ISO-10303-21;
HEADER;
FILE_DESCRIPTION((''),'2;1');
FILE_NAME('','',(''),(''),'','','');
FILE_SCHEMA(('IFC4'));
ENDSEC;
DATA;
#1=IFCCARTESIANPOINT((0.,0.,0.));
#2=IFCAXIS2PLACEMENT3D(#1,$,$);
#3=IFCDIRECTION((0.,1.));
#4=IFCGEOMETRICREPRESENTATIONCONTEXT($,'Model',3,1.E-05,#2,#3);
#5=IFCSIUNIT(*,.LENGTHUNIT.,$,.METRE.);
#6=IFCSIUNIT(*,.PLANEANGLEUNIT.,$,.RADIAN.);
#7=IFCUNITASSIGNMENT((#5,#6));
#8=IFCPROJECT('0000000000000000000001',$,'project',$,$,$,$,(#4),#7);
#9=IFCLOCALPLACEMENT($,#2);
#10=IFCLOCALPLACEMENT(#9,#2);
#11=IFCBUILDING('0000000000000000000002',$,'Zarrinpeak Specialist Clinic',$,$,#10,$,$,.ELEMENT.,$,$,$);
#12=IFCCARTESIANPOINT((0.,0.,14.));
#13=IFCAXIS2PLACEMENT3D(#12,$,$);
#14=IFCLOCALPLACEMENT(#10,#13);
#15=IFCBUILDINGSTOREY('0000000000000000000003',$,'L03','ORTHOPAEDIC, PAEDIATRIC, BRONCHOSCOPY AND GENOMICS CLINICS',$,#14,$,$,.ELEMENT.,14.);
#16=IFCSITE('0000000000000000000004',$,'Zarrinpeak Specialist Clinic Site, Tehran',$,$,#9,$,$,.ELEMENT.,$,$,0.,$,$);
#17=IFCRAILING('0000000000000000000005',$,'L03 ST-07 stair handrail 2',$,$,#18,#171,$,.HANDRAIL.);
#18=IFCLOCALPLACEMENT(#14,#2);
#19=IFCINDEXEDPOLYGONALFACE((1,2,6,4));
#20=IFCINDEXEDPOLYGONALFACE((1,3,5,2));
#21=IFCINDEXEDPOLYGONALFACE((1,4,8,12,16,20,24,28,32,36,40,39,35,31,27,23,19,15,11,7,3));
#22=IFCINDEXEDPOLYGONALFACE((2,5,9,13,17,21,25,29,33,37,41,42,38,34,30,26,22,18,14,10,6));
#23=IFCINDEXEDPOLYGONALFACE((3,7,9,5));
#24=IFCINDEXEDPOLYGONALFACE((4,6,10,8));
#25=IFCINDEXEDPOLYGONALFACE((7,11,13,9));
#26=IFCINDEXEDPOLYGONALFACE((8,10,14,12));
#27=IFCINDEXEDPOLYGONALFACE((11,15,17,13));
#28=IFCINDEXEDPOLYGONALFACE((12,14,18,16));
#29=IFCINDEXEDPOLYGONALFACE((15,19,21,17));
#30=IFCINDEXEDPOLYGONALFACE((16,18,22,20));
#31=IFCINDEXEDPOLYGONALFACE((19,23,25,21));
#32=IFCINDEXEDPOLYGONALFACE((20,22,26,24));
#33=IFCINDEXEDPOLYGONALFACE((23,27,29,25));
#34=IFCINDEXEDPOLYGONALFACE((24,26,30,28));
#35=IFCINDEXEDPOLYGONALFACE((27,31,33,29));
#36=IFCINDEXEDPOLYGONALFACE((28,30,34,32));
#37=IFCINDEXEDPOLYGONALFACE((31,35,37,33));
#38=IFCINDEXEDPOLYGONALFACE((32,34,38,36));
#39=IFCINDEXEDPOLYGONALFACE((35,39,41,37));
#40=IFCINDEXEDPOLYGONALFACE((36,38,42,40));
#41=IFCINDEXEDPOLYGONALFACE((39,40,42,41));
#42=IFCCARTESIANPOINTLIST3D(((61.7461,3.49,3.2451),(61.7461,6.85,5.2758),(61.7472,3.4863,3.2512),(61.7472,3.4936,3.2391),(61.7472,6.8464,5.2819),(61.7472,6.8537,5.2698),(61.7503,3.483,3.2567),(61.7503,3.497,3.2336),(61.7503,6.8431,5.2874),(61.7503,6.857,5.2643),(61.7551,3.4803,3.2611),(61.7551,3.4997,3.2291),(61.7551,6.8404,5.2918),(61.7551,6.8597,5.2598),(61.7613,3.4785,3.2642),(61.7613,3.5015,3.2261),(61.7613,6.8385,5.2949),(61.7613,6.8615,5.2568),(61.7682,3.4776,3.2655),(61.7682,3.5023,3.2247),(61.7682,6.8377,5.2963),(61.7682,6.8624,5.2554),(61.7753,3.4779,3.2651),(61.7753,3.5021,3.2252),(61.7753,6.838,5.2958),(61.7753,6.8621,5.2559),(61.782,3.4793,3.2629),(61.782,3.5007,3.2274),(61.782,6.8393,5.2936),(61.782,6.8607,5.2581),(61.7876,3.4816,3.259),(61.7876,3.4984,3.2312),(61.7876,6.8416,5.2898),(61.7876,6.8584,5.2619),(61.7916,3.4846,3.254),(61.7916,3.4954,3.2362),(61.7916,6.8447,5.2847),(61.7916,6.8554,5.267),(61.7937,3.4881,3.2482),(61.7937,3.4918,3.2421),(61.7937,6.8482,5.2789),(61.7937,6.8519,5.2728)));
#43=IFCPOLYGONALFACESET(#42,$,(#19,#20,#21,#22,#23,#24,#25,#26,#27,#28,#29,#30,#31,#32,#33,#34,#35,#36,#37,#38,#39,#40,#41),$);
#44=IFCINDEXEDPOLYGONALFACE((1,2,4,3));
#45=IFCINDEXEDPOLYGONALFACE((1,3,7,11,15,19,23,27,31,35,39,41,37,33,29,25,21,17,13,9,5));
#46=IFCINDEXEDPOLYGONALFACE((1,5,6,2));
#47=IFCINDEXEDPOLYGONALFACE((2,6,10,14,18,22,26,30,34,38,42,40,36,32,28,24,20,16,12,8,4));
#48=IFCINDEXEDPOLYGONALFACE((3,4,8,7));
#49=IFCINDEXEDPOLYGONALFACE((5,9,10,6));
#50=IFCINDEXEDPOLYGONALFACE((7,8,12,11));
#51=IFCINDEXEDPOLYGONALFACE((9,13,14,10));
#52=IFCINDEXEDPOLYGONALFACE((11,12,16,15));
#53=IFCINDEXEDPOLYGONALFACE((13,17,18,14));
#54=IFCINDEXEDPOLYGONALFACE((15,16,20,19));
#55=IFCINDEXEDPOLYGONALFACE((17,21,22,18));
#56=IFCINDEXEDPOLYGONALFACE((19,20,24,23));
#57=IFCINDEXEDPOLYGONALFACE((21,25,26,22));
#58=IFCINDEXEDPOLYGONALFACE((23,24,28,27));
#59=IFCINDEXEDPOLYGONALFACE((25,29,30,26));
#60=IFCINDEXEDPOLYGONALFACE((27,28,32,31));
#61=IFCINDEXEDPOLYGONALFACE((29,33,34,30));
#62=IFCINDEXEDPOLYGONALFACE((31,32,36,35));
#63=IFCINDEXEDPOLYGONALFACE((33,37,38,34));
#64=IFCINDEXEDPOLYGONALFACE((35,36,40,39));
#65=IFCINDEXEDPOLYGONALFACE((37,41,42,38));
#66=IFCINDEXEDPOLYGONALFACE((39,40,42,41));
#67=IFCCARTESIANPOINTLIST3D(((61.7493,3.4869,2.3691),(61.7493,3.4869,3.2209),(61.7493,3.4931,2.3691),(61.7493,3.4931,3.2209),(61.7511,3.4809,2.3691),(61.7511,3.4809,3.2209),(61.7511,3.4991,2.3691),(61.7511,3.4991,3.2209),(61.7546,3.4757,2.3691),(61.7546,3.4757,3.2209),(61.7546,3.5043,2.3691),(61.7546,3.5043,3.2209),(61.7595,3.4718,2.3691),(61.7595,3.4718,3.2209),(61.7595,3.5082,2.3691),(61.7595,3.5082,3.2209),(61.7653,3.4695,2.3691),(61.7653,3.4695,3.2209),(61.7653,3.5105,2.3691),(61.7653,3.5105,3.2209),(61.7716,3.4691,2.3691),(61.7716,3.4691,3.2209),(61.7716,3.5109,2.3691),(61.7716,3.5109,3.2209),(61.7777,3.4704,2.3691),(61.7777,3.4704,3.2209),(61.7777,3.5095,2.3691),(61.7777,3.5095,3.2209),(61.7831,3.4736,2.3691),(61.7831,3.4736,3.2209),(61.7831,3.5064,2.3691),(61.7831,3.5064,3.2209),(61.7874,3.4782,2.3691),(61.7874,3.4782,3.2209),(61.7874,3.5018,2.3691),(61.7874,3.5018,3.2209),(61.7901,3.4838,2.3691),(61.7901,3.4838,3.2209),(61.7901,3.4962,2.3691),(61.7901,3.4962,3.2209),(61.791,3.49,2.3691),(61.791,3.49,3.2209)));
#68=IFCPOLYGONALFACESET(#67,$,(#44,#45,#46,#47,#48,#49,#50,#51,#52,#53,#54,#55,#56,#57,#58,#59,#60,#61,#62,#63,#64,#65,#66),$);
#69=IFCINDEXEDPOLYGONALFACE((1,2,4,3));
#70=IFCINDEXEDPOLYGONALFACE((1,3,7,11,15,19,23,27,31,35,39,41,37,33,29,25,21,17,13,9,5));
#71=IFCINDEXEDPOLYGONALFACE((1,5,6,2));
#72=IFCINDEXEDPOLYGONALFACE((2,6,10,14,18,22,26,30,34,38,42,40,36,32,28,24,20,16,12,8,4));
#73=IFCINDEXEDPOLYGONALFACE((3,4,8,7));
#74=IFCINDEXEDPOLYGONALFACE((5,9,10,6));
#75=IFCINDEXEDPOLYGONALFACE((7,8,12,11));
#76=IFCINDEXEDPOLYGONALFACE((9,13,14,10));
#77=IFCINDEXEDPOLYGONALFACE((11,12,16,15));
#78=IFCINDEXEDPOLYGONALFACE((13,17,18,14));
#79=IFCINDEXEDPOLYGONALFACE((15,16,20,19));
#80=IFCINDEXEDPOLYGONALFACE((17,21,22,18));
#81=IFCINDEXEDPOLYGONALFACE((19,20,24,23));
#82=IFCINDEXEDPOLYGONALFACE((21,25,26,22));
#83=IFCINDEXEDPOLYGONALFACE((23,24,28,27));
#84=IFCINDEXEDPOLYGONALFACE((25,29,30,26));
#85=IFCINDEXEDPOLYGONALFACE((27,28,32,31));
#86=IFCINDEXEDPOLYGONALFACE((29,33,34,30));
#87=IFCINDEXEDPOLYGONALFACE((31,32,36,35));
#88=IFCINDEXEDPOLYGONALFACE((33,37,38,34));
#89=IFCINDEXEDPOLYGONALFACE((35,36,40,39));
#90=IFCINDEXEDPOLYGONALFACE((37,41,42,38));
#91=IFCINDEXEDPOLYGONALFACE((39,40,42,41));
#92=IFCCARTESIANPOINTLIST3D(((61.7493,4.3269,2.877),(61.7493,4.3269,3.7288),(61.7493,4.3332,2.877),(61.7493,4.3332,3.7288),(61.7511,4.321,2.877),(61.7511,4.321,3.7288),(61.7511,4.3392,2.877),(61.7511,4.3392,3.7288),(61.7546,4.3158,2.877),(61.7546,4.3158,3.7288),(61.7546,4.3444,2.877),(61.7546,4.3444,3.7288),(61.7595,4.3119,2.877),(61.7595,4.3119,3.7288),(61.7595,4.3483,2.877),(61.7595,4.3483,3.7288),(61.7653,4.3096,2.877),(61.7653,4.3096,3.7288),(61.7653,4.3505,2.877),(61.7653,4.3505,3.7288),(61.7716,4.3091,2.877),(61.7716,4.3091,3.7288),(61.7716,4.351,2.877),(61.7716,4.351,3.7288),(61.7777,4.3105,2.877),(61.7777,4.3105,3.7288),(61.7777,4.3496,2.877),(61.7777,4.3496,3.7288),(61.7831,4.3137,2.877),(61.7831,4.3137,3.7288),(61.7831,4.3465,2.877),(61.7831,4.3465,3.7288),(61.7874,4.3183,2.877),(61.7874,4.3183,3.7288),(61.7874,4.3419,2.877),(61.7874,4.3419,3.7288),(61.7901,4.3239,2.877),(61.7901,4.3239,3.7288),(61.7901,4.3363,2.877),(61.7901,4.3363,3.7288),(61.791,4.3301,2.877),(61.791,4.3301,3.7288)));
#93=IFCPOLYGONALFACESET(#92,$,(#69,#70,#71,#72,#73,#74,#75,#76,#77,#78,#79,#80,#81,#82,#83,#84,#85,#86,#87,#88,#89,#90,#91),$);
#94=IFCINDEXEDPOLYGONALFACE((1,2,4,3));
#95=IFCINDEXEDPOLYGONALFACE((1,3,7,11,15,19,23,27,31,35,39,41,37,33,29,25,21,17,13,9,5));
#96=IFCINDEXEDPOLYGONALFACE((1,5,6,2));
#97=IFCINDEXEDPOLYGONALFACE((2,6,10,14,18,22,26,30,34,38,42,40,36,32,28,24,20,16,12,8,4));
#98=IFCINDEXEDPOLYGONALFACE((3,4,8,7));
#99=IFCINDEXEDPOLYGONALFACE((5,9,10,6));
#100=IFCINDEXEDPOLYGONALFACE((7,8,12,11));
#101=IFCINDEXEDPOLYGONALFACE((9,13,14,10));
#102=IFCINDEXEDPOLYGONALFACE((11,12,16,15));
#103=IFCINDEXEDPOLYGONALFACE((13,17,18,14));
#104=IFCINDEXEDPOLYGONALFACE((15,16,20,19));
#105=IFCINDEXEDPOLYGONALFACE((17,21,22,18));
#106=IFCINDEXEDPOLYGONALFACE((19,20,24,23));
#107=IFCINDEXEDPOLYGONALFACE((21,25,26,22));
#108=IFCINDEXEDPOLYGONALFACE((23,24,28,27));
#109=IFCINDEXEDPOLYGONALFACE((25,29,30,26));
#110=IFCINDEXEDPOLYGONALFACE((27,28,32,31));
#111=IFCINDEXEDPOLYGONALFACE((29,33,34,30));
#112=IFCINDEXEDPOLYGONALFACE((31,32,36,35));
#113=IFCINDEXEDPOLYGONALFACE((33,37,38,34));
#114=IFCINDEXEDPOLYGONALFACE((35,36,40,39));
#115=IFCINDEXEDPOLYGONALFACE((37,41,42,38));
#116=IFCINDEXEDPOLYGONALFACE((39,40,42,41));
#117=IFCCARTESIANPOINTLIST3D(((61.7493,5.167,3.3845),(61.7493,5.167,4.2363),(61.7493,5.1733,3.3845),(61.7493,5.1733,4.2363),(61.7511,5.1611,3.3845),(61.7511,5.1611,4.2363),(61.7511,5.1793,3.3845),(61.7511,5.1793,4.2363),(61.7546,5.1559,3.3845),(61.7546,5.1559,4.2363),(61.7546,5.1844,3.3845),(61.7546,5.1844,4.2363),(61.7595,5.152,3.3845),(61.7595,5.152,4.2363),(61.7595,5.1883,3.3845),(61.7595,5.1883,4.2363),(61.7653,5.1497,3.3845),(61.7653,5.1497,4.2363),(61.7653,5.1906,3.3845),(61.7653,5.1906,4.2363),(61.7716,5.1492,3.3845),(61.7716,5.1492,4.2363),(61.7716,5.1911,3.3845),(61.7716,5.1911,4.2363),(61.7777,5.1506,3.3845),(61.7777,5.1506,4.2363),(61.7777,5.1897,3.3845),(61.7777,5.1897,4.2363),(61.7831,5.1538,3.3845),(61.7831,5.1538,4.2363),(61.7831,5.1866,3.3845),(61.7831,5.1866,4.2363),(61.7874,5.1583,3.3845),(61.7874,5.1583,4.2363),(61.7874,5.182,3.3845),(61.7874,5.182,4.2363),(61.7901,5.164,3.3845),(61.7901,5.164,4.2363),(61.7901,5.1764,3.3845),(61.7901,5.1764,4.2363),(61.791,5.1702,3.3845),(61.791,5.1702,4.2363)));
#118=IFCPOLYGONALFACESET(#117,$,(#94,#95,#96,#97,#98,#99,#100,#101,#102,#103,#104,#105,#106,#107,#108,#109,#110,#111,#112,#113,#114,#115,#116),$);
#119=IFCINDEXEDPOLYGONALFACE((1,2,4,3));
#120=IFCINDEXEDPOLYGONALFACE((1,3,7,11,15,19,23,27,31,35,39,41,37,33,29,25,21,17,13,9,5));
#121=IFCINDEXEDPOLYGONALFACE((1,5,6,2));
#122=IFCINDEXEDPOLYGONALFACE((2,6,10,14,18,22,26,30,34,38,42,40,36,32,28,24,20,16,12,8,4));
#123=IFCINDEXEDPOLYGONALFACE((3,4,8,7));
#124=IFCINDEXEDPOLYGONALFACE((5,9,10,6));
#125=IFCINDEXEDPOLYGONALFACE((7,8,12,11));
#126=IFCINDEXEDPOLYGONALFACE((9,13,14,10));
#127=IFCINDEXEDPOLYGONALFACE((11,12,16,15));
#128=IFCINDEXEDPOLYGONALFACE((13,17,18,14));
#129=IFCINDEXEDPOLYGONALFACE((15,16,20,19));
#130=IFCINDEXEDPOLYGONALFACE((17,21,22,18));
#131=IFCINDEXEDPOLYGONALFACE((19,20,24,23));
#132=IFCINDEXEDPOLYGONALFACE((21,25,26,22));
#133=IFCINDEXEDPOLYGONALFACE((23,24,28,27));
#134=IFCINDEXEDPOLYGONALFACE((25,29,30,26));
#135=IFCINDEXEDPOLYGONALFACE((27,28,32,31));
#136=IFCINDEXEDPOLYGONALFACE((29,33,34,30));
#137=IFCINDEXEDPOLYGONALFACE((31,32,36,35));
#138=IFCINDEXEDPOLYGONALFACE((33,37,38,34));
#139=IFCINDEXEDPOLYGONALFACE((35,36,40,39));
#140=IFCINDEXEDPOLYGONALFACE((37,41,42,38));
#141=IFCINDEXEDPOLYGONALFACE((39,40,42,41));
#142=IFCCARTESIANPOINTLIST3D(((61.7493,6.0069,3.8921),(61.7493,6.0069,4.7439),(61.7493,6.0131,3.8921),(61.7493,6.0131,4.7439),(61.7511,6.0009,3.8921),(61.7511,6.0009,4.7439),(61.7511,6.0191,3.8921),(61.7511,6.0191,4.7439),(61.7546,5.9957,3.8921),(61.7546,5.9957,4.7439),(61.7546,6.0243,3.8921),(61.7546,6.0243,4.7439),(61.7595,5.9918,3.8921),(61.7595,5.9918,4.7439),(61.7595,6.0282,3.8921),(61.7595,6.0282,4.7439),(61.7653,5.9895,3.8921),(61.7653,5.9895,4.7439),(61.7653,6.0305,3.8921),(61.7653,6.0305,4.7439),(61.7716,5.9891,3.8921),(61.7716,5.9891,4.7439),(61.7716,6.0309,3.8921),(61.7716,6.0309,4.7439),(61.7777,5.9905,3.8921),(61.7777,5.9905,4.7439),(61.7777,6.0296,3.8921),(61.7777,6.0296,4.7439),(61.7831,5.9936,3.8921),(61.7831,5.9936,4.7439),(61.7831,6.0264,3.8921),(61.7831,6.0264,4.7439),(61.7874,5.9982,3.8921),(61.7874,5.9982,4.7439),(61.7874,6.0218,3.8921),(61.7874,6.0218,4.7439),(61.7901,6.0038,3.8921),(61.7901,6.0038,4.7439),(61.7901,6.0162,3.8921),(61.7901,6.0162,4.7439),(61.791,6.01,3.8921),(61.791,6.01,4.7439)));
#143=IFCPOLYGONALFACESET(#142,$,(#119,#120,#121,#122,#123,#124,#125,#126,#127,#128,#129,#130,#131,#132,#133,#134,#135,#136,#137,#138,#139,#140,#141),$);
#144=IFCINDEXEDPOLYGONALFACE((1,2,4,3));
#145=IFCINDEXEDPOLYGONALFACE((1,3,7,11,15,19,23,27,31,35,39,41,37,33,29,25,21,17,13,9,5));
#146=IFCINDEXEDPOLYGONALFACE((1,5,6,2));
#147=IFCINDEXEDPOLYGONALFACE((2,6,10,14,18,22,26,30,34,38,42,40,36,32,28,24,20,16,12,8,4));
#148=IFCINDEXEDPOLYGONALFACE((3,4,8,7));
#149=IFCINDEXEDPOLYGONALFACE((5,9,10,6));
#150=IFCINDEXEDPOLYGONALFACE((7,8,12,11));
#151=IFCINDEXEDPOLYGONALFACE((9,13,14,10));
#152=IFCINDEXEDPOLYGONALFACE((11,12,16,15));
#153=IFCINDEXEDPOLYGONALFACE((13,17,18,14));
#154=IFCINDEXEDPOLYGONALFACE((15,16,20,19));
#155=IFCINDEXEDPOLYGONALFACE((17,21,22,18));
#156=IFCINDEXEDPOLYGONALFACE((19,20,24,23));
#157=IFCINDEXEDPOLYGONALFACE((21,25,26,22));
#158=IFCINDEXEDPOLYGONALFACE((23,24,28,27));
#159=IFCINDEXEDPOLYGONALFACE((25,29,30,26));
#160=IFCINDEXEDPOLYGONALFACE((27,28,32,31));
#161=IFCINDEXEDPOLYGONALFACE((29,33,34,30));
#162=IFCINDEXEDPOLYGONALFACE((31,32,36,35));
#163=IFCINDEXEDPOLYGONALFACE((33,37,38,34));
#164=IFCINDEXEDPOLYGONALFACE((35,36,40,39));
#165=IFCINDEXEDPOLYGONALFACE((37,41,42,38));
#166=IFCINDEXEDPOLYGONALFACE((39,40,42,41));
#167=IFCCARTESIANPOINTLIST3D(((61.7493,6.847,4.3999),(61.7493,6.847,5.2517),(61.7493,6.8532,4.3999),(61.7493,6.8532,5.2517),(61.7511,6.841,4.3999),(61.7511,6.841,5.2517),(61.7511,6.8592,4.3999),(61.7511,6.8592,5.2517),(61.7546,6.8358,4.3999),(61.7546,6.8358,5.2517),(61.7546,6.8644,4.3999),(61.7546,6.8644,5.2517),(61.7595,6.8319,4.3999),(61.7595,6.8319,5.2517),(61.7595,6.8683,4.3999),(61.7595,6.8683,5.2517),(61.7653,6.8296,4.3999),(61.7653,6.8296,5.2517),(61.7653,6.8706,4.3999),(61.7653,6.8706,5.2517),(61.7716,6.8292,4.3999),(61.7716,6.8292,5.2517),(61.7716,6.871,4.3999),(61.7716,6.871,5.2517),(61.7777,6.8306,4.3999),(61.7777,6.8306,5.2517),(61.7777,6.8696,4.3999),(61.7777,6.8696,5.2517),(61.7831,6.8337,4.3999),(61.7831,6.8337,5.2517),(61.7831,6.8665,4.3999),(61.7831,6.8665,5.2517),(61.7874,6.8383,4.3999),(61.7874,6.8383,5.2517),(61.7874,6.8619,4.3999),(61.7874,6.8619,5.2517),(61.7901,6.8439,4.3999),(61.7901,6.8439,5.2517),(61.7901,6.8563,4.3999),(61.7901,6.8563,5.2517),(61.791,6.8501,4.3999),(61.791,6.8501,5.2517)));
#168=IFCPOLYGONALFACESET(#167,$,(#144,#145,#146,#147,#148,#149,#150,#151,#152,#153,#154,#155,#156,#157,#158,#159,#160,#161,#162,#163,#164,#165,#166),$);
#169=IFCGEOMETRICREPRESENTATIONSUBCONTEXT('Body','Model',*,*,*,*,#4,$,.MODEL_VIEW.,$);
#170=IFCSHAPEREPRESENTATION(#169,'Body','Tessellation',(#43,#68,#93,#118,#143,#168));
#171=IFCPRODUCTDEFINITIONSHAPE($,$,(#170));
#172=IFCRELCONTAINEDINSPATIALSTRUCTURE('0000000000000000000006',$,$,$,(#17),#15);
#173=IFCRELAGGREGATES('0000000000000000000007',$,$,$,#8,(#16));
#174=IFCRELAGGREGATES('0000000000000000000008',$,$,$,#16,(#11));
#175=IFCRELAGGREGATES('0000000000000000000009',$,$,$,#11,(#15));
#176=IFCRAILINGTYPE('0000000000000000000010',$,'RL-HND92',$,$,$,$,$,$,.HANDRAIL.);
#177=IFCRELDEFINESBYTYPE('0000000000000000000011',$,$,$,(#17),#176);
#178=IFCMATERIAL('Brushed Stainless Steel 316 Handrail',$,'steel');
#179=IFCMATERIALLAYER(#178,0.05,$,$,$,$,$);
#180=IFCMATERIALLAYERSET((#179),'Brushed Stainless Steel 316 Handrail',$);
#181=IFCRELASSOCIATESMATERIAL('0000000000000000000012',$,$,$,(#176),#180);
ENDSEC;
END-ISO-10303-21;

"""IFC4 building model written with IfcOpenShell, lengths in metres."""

from ifc_helpers import new_model, si_unit, direction, frame, origin, origin_2d, place, context, subcontext, project, spatial, circle, extrude, material, layer, layer_set, type_object, element, save


model = new_model("IFC4")

# Units and contexts
model_context = context("Model", 3, precision=1e-05, world=origin(), true_north=direction((0.0, 1.0)))
body_context = subcontext(model_context, "Body", "Model", "MODEL_VIEW")
ifc_project = project(units=[si_unit("LENGTHUNIT", "METRE"), si_unit("PLANEANGLEUNIT", "RADIAN")], contexts=[model_context])

# Site, building, storey
site_placement = place(None, origin())
site = spatial("IfcSite", under=ifc_project, at=site_placement, Name="Zarrinpeak Specialist Clinic Site, Tehran", CompositionType="ELEMENT", RefElevation=0.0)
building_placement = place(site_placement, origin())
building = spatial("IfcBuilding", under=site, at=building_placement, Name="Zarrinpeak Specialist Clinic", CompositionType="ELEMENT")
storey_placement = place(building_placement, frame((0.0, 0.0, 14.0)))
storey = spatial("IfcBuildingStorey", under=building, at=storey_placement, Name="L03", Description="ORTHOPAEDIC, PAEDIATRIC, BRONCHOSCOPY AND GENOMICS CLINICS", CompositionType="ELEMENT", Elevation=14.0)

# Railing
ifc_material_1 = material(Name="Brushed Stainless Steel 316 Handrail", Category="steel")
ifc_layer_1 = layer(ifc_material_1, 0.05)
ifc_layer_set_1 = layer_set([ifc_layer_1], Name="Brushed Stainless Steel 316 Handrail")
railing_type_1 = type_object("IfcRailingType", Name="RL-HND92", PredefinedType="HANDRAIL", material=ifc_layer_set_1)
railing_1_placement = place(storey_placement, frame((61.77, 3.49, 2.3691)))
element("IfcRailing", 1, at=railing_1_placement, inside=storey, type_object=railing_type_1, Name="L03 ST-07 stair handrail 2", PredefinedType="HANDRAIL", context=body_context, shape_type="SweptSolid", body=[
    extrude(circle(Radius=0.0239, at=origin_2d()), frame((0.0, 0.0, 0.876), z_axis=(0.0, 0.855837, 0.517246), x_axis=(-1.0, 0.0, 0.0)), (0.0, 0.0, 1.0), 3.926),
    extrude(circle(Radius=0.021, at=origin_2d()), origin(), (0.0, 0.0, 1.0), 0.8518),
    extrude(circle(Radius=0.021, at=origin_2d()), frame((0.0, 0.8401, 0.5078)), (0.0, 0.0, 1.0), 0.8518),
    extrude(circle(Radius=0.021, at=origin_2d()), frame((0.0, 1.6802, 1.0154)), (0.0, 0.0, 1.0), 0.8518),
    extrude(circle(Radius=0.021, at=origin_2d()), frame((0.0, 2.52, 1.5229)), (0.0, 0.0, 1.0), 0.8518),
    extrude(circle(Radius=0.021, at=origin_2d()), frame((0.0, 3.3601, 2.0308)), (0.0, 0.0, 1.0), 0.8518),
])

save(model, "model.ifc")
